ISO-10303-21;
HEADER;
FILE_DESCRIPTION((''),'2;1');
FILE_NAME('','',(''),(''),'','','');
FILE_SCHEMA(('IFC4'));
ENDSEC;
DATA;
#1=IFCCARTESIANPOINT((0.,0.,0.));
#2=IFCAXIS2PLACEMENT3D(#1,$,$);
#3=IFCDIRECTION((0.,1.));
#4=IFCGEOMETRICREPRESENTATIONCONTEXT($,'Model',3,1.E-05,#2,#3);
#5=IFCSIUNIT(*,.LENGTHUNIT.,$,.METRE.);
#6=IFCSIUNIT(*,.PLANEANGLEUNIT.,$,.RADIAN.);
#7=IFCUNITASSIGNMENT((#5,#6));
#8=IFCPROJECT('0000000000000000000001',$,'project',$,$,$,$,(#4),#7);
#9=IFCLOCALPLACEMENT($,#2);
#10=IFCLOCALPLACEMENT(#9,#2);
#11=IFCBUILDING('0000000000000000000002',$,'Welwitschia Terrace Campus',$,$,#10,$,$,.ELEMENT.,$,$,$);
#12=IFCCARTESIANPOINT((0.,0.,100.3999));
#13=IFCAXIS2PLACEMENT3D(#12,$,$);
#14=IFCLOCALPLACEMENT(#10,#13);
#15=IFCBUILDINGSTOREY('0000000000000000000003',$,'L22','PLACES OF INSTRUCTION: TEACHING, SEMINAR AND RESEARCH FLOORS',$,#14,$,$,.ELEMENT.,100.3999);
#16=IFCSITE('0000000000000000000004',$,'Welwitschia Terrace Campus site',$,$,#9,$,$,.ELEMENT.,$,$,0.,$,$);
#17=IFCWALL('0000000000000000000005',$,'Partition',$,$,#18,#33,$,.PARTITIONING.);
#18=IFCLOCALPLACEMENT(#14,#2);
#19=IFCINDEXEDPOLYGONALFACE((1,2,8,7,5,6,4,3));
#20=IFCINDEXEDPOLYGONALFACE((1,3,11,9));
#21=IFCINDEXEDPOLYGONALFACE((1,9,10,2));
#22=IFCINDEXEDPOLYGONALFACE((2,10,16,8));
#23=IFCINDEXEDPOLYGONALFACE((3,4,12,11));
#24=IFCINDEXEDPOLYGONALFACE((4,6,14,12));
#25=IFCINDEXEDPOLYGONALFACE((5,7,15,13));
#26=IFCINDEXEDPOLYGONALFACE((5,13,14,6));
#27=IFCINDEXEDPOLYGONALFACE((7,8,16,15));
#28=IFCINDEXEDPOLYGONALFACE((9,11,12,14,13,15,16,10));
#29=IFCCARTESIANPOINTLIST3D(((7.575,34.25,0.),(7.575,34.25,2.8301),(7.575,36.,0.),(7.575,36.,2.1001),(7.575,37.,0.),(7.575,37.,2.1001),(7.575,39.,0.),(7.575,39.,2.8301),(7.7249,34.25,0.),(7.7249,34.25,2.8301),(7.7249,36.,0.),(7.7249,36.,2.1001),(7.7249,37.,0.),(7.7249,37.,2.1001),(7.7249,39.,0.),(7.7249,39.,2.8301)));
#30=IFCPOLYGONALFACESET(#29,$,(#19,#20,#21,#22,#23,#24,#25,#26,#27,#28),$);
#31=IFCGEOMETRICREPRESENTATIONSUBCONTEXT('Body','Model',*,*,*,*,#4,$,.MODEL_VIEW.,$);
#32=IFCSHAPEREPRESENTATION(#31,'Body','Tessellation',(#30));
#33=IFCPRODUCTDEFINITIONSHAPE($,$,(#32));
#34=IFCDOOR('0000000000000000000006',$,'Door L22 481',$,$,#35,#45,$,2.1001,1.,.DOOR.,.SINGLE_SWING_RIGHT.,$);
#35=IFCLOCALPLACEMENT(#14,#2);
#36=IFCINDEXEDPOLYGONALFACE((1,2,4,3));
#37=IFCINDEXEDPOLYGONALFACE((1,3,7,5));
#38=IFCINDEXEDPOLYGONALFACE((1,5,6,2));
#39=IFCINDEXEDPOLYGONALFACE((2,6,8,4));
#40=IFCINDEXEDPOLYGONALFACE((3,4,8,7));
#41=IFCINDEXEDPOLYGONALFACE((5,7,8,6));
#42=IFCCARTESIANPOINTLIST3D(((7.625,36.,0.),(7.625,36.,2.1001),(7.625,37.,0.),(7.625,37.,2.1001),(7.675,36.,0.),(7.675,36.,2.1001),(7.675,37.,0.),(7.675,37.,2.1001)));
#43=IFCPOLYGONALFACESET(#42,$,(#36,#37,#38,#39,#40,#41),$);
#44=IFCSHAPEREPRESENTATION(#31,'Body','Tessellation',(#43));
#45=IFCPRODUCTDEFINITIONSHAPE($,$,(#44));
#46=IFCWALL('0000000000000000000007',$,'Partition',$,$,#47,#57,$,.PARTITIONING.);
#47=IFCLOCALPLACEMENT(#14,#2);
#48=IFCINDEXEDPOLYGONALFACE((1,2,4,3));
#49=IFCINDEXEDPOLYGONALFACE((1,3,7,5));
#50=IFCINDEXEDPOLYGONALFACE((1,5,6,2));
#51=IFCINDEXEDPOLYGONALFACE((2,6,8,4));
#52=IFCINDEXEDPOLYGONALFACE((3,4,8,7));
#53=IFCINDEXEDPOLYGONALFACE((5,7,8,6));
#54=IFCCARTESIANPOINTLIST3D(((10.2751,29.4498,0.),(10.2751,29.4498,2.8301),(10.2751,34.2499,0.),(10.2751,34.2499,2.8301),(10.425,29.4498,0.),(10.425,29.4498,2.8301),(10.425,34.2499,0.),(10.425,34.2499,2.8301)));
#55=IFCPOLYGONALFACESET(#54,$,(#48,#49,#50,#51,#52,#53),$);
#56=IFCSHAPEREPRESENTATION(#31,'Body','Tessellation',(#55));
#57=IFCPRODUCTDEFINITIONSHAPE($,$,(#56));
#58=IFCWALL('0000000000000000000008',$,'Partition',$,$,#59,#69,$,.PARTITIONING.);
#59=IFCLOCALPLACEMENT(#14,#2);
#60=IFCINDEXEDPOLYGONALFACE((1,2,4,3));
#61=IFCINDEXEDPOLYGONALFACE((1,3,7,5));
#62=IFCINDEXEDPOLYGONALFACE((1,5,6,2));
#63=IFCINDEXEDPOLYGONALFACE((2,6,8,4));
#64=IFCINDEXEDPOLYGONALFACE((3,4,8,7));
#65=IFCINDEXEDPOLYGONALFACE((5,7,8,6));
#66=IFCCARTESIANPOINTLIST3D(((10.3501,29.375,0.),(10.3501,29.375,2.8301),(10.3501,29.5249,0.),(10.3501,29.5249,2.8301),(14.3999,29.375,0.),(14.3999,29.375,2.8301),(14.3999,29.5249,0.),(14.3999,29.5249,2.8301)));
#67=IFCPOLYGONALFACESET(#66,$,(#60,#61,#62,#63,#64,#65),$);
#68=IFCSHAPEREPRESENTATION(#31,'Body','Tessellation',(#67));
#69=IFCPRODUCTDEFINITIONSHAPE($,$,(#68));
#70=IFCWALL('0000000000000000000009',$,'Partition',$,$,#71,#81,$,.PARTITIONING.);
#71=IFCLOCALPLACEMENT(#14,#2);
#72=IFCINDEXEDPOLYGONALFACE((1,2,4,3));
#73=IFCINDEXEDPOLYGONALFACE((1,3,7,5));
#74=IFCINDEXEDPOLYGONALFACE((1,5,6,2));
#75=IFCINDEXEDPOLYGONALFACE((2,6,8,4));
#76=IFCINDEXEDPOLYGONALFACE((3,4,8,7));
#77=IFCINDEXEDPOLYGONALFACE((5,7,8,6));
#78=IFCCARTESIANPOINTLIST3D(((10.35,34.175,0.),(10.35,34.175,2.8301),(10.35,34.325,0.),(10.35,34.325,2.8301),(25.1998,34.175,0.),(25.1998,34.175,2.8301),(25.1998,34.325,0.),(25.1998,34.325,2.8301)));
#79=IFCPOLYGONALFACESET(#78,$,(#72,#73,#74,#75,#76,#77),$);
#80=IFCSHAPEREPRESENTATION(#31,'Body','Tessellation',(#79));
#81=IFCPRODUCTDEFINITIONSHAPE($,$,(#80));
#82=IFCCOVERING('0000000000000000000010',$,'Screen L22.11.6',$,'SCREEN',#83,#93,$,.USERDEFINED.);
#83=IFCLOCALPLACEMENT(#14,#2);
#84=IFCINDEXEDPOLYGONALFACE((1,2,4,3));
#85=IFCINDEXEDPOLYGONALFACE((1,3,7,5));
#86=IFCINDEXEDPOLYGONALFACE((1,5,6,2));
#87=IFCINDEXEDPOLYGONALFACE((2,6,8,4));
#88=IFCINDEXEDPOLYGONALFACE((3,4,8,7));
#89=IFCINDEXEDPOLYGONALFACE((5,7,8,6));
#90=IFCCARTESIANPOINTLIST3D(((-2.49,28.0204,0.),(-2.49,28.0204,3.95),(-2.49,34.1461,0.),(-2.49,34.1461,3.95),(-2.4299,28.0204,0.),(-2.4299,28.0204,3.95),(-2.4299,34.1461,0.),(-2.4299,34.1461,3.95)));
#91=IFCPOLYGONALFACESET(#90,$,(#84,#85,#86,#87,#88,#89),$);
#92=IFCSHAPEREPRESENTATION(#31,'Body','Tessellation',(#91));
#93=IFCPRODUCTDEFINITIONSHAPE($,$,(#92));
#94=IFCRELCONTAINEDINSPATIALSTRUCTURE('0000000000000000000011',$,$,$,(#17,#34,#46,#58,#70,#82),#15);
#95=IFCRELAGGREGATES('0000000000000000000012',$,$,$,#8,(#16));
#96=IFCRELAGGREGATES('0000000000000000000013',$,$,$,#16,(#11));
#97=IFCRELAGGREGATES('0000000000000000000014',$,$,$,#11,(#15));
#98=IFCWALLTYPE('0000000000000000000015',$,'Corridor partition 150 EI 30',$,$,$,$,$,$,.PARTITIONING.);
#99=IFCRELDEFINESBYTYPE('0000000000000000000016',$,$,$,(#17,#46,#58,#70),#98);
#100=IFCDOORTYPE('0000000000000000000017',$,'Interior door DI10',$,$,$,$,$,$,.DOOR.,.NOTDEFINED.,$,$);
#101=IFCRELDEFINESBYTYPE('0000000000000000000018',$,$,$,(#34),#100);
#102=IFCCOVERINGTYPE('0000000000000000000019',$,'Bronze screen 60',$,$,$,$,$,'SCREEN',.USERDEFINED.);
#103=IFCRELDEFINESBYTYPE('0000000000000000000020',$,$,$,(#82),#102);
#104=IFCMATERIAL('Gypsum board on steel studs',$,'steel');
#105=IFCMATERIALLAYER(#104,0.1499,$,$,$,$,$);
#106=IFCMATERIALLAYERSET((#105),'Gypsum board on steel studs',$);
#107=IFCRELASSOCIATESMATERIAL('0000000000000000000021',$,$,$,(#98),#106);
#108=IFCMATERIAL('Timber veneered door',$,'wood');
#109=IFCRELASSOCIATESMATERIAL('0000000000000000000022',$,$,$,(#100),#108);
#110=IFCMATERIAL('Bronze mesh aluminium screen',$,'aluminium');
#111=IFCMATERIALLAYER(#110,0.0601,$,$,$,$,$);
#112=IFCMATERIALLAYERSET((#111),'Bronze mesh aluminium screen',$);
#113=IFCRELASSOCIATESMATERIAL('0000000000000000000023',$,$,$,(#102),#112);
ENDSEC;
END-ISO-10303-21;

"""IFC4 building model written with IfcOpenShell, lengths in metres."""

from ifc_helpers import new_model, si_unit, direction, frame, frame_2d, origin, origin_2d, place, context, subcontext, project, spatial, rectangle, extrude, material, layer, layer_set, type_object, element, fill, save


model = new_model("IFC4")

# Units and contexts
model_context = context("Model", 3, precision=1e-05, world=origin(), true_north=direction((0.0, 1.0)))
body_context = subcontext(model_context, "Body", "Model", "MODEL_VIEW")
ifc_project = project(units=[si_unit("LENGTHUNIT", "METRE"), si_unit("PLANEANGLEUNIT", "RADIAN")], contexts=[model_context])

# Site, building, storey
site_placement = place(None, origin())
site = spatial("IfcSite", under=ifc_project, at=site_placement, Name="Welwitschia Terrace Campus site", CompositionType="ELEMENT", RefElevation=0.0)
building_placement = place(site_placement, origin())
building = spatial("IfcBuilding", under=site, at=building_placement, Name="Welwitschia Terrace Campus", CompositionType="ELEMENT")
storey_placement = place(building_placement, frame((0.0, 0.0, 100.3999)))
storey = spatial("IfcBuildingStorey", under=building, at=storey_placement, Name="L22", Description="PLACES OF INSTRUCTION: TEACHING, SEMINAR AND RESEARCH FLOORS", CompositionType="ELEMENT", Elevation=100.3999)

# Shared definitions
ifc_material_1 = material(Name="Gypsum board on steel studs", Category="steel")
ifc_layer_1 = layer(ifc_material_1, 0.1499)
ifc_layer_set_1 = layer_set([ifc_layer_1], Name="Gypsum board on steel studs")
wall_type = type_object("IfcWallType", Name="Corridor partition 150 EI 30", PredefinedType="PARTITIONING", material=ifc_layer_set_1)

# Wall, opening, door
wall_1_placement = place(storey_placement, frame((7.6499, 34.25, 0.0), z_axis=(0.0, 0.0, 1.0), x_axis=(0.0, 1.0, 0.0)))
wall_1 = element("IfcWall", 1, at=wall_1_placement, inside=storey, type_object=wall_type, Name="Partition", PredefinedType="PARTITIONING", context=body_context, shape_type="SweptSolid", body=[
    extrude(rectangle(XDim=4.75, YDim=0.1499, at=frame_2d((2.375, 0.0))), origin(), (0.0, 0.0, 1.0), 2.8301),
])
opening_1_placement = place(wall_1_placement, frame((1.75, 0.0, 0.0)))
opening_1 = element("IfcOpeningElement", 2, at=opening_1_placement, cuts=wall_1, PredefinedType="OPENING", context=body_context, shape_type="SweptSolid", body=[
    extrude(rectangle(XDim=1.0, YDim=2.1001, at=frame_2d((0.5, 1.05))), frame((0.0, 0.085, 0.0), z_axis=(0.0, -1.0, 0.0), x_axis=(1.0, 0.0, 0.0)), (0.0, 0.0, 1.0), 0.1699),
])
ifc_material_2 = material(Name="Timber veneered door", Category="wood")
door_type_1 = type_object("IfcDoorType", Name="Interior door DI10", OperationType="NOTDEFINED", PredefinedType="DOOR", material=ifc_material_2)
door_1_placement = place(opening_1_placement, origin())
door_1 = element("IfcDoor", 3, at=door_1_placement, inside=storey, type_object=door_type_1, Name="Door L22 481", OperationType="SINGLE_SWING_RIGHT", OverallHeight=2.1001, OverallWidth=1.0, PredefinedType="DOOR", context=body_context, shape_type="SweptSolid", body=[
    extrude(rectangle(XDim=1.0, YDim=2.1001, at=frame_2d((0.5, 1.05))), frame((0.0, 0.0249, 0.0), z_axis=(0.0, -1.0, 0.0), x_axis=(1.0, 0.0, 0.0)), (0.0, 0.0, 1.0), 0.05),
])
fill(opening_1, door_1)

# Walls
wall_2_placement = place(storey_placement, frame((10.3501, 29.45, 0.0), z_axis=(0.0, 0.0, 1.0), x_axis=(0.0, 1.0, 0.0)))
element("IfcWall", 4, at=wall_2_placement, inside=storey, type_object=wall_type, Name="Partition", PredefinedType="PARTITIONING", context=body_context, shape_type="SweptSolid", body=[
    extrude(rectangle(XDim=4.8, YDim=0.1499, at=frame_2d((2.3999, 0.0))), origin(), (0.0, 0.0, 1.0), 2.8301),
])
wall_3_placement = place(storey_placement, frame((10.3501, 29.45, 0.0), z_axis=(0.0, 0.0, 1.0), x_axis=(1.0, 0.0, 0.0)))
element("IfcWall", 5, at=wall_3_placement, inside=storey, type_object=wall_type, Name="Partition", PredefinedType="PARTITIONING", context=body_context, shape_type="SweptSolid", body=[
    extrude(rectangle(XDim=4.0498, YDim=0.1499, at=frame_2d((2.0249, 0.0))), origin(), (0.0, 0.0, 1.0), 2.8301),
])
wall_4_placement = place(storey_placement, frame((10.3501, 34.25, 0.0), z_axis=(0.0, 0.0, 1.0), x_axis=(1.0, 0.0, 0.0)))
element("IfcWall", 6, at=wall_4_placement, inside=storey, type_object=wall_type, Name="Partition", PredefinedType="PARTITIONING", context=body_context, shape_type="SweptSolid", body=[
    extrude(rectangle(XDim=14.8499, YDim=0.1499, at=frame_2d((7.4248, 0.0))), origin(), (0.0, 0.0, 1.0), 2.8301),
])

# Covering
ifc_material_3 = material(Name="Bronze mesh aluminium screen", Category="aluminium")
ifc_layer_2 = layer(ifc_material_3, 0.0601)
ifc_layer_set_2 = layer_set([ifc_layer_2], Name="Bronze mesh aluminium screen")
covering_type = type_object("IfcCoveringType", Name="Bronze screen 60", ElementType="SCREEN", PredefinedType="USERDEFINED", material=ifc_layer_set_2)
covering_placement = place(storey_placement, frame((-2.46, 31.0833, 0.0), z_axis=(0.0, 0.0, 1.0), x_axis=(0.0, -1.0, 0.0)))
element("IfcCovering", 7, at=covering_placement, inside=storey, type_object=covering_type, Name="Screen L22.11.6", ObjectType="SCREEN", PredefinedType="USERDEFINED", context=body_context, shape_type="SweptSolid", body=[
    extrude(rectangle(XDim=6.1257, YDim=0.0601, at=origin_2d()), origin(), (0.0, 0.0, 1.0), 3.95),
])

save(model, "model.ifc")
